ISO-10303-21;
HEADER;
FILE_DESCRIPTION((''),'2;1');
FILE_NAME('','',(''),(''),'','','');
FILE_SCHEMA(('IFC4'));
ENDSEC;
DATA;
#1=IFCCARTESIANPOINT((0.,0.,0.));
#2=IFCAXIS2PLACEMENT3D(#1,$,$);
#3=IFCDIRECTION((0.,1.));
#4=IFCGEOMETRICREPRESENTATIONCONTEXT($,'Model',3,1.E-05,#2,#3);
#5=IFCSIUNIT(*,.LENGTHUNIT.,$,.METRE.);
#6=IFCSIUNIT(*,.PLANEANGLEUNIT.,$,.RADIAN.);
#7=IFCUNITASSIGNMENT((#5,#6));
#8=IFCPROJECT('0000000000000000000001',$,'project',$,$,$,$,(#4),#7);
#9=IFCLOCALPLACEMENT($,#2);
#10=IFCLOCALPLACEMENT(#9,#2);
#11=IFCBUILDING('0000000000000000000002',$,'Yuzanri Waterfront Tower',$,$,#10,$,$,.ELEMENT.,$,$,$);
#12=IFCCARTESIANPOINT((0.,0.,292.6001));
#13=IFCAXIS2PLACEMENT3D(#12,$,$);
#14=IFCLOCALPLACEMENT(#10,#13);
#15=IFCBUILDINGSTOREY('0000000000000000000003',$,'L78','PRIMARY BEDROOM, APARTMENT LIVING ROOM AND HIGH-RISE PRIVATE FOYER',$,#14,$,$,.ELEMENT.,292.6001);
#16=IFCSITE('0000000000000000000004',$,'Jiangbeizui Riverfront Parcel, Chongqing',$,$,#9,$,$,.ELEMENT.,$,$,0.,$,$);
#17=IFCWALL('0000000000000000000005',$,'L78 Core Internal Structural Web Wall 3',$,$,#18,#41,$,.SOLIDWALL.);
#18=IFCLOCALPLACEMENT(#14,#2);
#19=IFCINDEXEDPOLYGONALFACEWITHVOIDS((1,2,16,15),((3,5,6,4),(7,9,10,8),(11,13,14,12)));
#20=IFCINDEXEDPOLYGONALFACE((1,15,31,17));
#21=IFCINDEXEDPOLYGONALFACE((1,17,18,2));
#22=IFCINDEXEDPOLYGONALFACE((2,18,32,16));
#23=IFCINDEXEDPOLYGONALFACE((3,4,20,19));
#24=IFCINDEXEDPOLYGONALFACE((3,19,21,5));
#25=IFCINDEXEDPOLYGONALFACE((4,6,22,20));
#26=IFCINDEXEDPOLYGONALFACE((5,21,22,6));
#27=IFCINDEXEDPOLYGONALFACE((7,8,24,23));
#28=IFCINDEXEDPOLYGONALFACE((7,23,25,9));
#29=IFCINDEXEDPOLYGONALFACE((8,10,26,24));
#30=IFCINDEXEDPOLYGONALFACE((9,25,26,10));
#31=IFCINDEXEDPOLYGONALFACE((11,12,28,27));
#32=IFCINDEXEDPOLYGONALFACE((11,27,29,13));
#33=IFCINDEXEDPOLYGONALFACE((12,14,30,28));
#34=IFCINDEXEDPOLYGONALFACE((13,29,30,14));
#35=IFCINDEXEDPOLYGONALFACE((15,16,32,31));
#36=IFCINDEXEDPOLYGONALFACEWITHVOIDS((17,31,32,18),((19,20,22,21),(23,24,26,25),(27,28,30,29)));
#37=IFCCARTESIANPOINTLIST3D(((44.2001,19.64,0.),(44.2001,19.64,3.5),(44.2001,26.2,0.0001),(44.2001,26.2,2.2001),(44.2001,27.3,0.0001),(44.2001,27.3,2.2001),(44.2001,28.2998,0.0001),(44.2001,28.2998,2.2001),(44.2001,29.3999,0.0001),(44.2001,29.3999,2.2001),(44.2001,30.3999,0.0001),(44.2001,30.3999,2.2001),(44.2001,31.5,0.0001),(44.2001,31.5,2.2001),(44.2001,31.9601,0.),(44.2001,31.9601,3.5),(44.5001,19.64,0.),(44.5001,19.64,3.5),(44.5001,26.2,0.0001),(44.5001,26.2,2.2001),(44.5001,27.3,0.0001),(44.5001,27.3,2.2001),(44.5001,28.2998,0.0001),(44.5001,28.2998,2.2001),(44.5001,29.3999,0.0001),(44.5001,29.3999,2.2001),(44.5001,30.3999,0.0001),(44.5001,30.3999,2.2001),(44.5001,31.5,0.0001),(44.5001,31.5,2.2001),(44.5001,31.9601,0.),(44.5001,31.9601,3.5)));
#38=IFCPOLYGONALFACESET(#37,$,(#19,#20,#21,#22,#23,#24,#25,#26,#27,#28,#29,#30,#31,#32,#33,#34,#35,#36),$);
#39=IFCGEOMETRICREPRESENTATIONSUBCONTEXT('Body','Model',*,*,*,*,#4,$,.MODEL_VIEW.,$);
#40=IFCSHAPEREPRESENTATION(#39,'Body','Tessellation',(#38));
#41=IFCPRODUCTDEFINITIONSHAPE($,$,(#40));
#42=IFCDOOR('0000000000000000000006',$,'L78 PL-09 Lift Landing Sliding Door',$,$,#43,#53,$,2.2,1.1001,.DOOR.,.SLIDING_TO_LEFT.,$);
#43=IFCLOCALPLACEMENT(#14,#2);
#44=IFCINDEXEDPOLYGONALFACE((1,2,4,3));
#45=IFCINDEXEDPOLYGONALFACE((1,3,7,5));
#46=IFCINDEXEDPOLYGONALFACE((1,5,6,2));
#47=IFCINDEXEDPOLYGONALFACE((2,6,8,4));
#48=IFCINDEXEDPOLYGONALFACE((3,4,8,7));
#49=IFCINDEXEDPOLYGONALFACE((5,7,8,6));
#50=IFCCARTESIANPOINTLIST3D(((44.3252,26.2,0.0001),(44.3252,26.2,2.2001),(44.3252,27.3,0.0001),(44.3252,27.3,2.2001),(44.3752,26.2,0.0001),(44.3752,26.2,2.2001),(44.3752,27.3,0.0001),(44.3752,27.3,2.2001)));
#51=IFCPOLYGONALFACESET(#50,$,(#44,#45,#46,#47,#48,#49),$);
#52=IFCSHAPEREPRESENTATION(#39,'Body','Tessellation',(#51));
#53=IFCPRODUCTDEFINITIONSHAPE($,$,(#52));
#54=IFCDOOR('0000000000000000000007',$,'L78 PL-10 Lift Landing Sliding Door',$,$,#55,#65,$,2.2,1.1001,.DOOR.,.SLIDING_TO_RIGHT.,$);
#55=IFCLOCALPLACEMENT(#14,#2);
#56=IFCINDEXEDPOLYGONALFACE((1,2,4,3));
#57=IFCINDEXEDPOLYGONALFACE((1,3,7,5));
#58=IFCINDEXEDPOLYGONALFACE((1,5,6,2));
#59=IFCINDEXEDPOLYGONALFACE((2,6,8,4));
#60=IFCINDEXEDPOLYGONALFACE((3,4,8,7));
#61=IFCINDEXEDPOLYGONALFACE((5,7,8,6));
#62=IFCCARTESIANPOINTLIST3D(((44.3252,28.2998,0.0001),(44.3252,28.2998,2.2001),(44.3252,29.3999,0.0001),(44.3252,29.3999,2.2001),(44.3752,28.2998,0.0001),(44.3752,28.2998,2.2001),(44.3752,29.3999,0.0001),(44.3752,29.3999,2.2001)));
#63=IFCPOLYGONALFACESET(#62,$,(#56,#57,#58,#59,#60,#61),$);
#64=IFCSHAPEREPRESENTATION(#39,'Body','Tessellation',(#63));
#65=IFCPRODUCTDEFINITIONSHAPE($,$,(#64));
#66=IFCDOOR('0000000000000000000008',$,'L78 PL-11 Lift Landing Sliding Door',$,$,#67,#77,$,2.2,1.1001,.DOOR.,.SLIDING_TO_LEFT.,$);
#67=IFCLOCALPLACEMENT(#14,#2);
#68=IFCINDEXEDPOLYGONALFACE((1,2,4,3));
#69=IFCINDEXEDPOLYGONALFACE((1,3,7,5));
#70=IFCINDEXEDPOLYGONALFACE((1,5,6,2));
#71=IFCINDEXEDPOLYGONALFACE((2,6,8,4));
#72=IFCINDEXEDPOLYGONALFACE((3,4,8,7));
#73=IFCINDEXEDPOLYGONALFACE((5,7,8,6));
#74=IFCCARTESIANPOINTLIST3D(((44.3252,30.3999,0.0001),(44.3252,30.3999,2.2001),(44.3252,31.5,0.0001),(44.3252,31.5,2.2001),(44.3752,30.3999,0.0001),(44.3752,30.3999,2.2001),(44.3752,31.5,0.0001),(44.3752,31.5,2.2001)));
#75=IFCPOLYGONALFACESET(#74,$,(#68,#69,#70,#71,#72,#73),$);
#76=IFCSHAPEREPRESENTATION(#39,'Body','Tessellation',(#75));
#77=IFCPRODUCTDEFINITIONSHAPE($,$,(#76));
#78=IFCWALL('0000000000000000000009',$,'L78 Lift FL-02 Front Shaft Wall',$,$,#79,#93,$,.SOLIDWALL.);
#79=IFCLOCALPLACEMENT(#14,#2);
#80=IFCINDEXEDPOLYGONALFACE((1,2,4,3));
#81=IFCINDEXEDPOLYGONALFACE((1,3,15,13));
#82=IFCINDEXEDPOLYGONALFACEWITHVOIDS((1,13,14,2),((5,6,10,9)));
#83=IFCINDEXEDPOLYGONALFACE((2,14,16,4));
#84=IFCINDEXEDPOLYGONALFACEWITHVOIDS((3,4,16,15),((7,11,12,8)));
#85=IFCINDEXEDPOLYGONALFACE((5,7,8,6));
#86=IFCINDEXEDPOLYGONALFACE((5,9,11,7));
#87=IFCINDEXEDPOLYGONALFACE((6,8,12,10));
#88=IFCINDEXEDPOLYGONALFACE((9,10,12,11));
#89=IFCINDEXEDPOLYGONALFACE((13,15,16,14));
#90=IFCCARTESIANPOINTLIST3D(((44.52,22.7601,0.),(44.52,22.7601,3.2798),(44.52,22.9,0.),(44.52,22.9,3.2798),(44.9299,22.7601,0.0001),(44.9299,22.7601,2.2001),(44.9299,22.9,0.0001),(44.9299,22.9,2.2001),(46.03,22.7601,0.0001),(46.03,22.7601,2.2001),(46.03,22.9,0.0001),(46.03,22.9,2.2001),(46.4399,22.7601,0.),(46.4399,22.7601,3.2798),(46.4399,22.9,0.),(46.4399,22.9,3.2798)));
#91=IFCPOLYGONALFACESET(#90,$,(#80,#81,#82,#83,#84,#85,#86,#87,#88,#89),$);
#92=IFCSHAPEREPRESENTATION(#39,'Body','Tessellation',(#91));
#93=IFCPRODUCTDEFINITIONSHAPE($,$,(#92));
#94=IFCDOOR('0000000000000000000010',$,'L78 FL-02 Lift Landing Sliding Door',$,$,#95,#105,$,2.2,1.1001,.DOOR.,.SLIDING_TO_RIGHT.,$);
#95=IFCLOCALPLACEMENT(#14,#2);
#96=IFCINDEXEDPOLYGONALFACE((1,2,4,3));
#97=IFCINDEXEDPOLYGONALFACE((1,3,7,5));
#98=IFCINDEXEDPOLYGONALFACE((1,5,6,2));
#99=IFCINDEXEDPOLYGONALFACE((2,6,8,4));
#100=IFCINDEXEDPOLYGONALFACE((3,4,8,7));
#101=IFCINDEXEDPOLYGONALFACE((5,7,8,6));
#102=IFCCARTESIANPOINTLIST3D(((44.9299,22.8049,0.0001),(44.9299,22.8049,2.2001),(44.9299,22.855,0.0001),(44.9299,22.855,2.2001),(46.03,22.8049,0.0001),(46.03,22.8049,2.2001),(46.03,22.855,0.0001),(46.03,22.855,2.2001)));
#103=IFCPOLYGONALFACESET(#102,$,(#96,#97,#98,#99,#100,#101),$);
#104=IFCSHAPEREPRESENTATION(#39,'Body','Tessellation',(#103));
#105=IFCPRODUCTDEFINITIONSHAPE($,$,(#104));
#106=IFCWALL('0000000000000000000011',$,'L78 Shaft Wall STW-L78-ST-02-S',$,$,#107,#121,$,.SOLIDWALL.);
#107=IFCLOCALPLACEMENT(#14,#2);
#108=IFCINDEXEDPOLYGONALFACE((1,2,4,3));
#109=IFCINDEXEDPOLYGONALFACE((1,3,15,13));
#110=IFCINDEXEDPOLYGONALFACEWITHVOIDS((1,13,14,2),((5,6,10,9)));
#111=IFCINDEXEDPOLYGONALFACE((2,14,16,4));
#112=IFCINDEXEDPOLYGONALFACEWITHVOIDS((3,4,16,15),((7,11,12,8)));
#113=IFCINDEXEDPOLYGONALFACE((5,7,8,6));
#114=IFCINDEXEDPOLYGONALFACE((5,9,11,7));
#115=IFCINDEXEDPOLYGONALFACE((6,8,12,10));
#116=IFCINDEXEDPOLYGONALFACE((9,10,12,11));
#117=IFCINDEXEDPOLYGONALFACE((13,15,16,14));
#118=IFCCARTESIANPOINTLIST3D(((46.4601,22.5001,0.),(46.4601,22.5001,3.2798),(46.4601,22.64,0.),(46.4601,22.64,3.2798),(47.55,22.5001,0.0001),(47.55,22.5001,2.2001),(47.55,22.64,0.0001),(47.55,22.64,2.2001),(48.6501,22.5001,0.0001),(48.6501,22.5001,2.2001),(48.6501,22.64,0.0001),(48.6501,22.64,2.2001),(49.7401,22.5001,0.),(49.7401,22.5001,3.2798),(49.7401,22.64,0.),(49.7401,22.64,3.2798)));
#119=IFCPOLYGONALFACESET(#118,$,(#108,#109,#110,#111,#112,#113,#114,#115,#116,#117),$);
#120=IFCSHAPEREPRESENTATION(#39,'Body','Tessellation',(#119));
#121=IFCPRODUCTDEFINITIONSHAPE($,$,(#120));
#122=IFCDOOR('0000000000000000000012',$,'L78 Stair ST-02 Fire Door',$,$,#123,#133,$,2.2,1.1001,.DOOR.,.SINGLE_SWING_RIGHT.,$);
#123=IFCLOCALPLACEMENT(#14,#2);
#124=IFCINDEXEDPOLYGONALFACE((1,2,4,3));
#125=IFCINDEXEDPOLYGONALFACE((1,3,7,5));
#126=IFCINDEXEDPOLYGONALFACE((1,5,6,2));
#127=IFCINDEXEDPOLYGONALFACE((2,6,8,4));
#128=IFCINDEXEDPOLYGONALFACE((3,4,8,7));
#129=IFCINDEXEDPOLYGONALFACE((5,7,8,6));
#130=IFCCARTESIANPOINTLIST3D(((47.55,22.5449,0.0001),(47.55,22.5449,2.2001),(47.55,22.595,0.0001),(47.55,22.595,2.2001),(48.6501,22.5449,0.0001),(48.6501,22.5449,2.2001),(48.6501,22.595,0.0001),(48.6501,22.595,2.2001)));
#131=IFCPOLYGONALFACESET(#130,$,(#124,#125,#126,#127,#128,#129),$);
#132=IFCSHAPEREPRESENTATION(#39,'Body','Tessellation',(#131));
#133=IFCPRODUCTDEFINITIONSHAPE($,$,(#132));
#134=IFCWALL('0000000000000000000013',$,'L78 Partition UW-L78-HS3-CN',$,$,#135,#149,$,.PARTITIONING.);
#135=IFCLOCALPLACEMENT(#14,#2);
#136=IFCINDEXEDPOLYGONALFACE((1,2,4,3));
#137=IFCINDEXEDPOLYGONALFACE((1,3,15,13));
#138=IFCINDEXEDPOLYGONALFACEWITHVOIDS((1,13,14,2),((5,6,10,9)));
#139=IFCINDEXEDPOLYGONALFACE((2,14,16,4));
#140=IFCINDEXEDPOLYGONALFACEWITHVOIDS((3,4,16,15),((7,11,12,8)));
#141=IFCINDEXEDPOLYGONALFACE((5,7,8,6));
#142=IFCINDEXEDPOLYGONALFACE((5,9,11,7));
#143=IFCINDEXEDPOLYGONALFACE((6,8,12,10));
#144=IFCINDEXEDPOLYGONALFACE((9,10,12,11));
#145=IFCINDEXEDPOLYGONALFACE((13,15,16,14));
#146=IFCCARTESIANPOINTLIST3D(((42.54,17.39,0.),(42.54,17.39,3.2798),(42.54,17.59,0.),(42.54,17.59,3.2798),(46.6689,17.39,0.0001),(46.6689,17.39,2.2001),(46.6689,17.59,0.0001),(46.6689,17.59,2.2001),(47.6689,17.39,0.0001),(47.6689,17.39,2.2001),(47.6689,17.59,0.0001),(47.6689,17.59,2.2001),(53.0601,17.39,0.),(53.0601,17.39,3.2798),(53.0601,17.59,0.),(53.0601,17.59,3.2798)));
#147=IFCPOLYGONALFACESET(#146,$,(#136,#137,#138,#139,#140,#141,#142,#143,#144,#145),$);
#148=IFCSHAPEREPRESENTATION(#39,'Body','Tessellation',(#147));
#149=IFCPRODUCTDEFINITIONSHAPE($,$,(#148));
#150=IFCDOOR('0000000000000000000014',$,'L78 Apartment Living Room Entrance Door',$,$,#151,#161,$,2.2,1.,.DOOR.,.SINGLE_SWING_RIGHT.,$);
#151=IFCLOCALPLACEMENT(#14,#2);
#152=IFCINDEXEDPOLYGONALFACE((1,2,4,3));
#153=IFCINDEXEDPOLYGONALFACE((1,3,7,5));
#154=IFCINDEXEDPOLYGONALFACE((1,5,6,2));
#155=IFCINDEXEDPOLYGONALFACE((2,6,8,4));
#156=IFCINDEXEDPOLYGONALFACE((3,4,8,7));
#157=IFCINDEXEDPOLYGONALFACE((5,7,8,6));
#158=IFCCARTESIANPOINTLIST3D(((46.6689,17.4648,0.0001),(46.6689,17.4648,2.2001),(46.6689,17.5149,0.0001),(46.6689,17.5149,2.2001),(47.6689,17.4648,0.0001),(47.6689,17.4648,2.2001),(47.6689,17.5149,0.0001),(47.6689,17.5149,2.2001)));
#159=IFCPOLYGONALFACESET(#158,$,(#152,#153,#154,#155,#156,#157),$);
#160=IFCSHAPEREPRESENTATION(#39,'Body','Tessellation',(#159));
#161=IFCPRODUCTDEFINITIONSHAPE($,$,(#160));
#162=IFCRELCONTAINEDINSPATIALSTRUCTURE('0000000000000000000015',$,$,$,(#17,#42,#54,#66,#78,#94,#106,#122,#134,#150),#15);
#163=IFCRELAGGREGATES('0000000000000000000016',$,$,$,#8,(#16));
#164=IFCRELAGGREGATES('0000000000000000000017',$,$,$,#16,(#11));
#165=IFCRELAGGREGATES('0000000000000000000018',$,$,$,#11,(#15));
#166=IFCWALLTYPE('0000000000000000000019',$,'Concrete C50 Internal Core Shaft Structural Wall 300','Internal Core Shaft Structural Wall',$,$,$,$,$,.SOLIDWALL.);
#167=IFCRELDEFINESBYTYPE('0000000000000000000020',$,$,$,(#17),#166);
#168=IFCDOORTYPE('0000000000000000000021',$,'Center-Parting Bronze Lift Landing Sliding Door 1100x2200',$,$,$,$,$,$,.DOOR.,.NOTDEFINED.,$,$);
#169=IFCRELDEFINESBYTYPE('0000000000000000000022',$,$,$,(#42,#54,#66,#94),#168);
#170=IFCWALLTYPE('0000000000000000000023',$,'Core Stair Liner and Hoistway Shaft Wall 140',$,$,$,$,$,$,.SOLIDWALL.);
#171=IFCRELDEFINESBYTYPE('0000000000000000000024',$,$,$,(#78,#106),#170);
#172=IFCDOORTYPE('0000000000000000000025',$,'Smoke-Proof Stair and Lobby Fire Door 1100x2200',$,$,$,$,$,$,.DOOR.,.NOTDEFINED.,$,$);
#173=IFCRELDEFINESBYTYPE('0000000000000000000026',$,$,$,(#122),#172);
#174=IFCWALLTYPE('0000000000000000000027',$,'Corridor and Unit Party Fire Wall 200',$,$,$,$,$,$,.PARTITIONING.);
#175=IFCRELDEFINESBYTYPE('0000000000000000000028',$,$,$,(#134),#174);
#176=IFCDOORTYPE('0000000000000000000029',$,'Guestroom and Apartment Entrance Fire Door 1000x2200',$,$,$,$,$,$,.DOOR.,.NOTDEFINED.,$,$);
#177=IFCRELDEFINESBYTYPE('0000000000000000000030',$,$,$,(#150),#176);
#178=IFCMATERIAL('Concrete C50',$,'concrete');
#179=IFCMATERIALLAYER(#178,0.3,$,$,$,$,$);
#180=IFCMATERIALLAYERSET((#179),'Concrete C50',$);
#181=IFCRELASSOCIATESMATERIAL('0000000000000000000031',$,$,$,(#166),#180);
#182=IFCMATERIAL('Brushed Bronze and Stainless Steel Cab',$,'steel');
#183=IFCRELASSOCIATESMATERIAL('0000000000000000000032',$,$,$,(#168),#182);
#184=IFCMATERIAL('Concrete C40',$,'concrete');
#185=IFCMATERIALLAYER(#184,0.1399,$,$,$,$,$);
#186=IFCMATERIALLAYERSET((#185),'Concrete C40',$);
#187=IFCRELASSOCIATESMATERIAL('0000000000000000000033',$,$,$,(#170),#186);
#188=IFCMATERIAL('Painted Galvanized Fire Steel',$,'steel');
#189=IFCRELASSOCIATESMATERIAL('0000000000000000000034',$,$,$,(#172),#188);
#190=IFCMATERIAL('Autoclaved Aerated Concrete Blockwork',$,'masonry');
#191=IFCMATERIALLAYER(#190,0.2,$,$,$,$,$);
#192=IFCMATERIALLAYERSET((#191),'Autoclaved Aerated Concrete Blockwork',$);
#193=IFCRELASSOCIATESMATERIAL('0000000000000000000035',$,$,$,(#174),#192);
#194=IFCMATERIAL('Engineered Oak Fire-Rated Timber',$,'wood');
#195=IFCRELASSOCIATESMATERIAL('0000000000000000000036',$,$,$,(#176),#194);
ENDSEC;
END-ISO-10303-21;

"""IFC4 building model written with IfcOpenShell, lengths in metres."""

from ifc_helpers import new_model, si_unit, direction, frame, frame_2d, origin, place, context, subcontext, project, spatial, rectangle, extrude, source, transform, mapped, material, layer, layer_set, type_object, element, fill, save


model = new_model("IFC4")

# Units and contexts
model_context = context("Model", 3, precision=1e-05, world=origin(), true_north=direction((0.0, 1.0)))
body_context = subcontext(model_context, "Body", "Model", "MODEL_VIEW")
ifc_project = project(units=[si_unit("LENGTHUNIT", "METRE"), si_unit("PLANEANGLEUNIT", "RADIAN")], contexts=[model_context])

# Site, building, storey
site_placement = place(None, origin())
site = spatial("IfcSite", under=ifc_project, at=site_placement, Name="Jiangbeizui Riverfront Parcel, Chongqing", CompositionType="ELEMENT", RefElevation=0.0)
building_placement = place(site_placement, origin())
building = spatial("IfcBuilding", under=site, at=building_placement, Name="Yuzanri Waterfront Tower", CompositionType="ELEMENT")
storey_placement = place(building_placement, frame((0.0, 0.0, 292.6001)))
storey = spatial("IfcBuildingStorey", under=building, at=storey_placement, Name="L78", Description="PRIMARY BEDROOM, APARTMENT LIVING ROOM AND HIGH-RISE PRIVATE FOYER", CompositionType="ELEMENT", Elevation=292.6001)

# Wall, openings, doors
ifc_material_1 = material(Name="Concrete C50", Category="concrete")
ifc_layer_1 = layer(ifc_material_1, 0.3)
ifc_layer_set_1 = layer_set([ifc_layer_1], Name="Concrete C50")
wall_type_1 = type_object("IfcWallType", Name="Concrete C50 Internal Core Shaft Structural Wall 300", Description="Internal Core Shaft Structural Wall", PredefinedType="SOLIDWALL", material=ifc_layer_set_1)
wall_1_placement = place(storey_placement, frame((44.3501, 19.6399, 0.0), z_axis=(0.0, 0.0, 1.0), x_axis=(0.0, 1.0, 0.0)))
wall_1 = element("IfcWall", 1, at=wall_1_placement, inside=storey, type_object=wall_type_1, Name="L78 Core Internal Structural Web Wall 3", PredefinedType="SOLIDWALL", context=body_context, shape_type="SweptSolid", body=[
    extrude(rectangle(XDim=12.3201, YDim=0.3, at=frame_2d((6.1602, 0.0))), origin(), (0.0, 0.0, 1.0), 3.5),
])
opening_1_placement = place(wall_1_placement, frame((6.5601, 0.0, 0.0)))
opening_1 = element("IfcOpeningElement", 2, at=opening_1_placement, cuts=wall_1, PredefinedType="OPENING", context=body_context, shape_type="SweptSolid", body=[
    extrude(rectangle(XDim=1.1001, YDim=2.2, at=frame_2d((0.55, 1.1001))), frame((0.0, 0.165, 0.0), z_axis=(0.0, -1.0, 0.0), x_axis=(1.0, 0.0, 0.0)), (0.0, 0.0, 1.0), 0.3298),
])
opening_2_placement = place(wall_1_placement, frame((8.6599, 0.0, 0.0)))
opening_2 = element("IfcOpeningElement", 3, at=opening_2_placement, cuts=wall_1, PredefinedType="OPENING", context=body_context, shape_type="SweptSolid", body=[
    extrude(rectangle(XDim=1.1001, YDim=2.2, at=frame_2d((0.55, 1.1001))), frame((0.0, 0.165, 0.0), z_axis=(0.0, -1.0, 0.0), x_axis=(1.0, 0.0, 0.0)), (0.0, 0.0, 1.0), 0.3298),
])
opening_3_placement = place(wall_1_placement, frame((10.76, 0.0, 0.0)))
opening_3 = element("IfcOpeningElement", 4, at=opening_3_placement, cuts=wall_1, PredefinedType="OPENING", context=body_context, shape_type="SweptSolid", body=[
    extrude(rectangle(XDim=1.1001, YDim=2.2, at=frame_2d((0.55, 1.1001))), frame((0.0, 0.165, 0.0), z_axis=(0.0, -1.0, 0.0), x_axis=(1.0, 0.0, 0.0)), (0.0, 0.0, 1.0), 0.3298),
])
ifc_material_2 = material(Name="Brushed Bronze and Stainless Steel Cab", Category="steel")
door_type_1 = type_object("IfcDoorType", Name="Center-Parting Bronze Lift Landing Sliding Door 1100x2200", OperationType="NOTDEFINED", PredefinedType="DOOR", material=ifc_material_2)
shared_shape_1 = source(origin(), body_context, "Body", "SweptSolid", [
    extrude(rectangle(XDim=1.1001, YDim=2.2, at=frame_2d((0.55, 1.1001))), frame((0.0, 0.0249, 0.0), z_axis=(0.0, -1.0, 0.0), x_axis=(1.0, 0.0, 0.0)), (0.0, 0.0, 1.0), 0.05),
])
door_1_placement = place(opening_1_placement, origin())
door_1 = element("IfcDoor", 5, at=door_1_placement, inside=storey, type_object=door_type_1, Name="L78 PL-09 Lift Landing Sliding Door", OperationType="SLIDING_TO_LEFT", OverallHeight=2.2, OverallWidth=1.1001, PredefinedType="DOOR", context=body_context, shape_type="MappedRepresentation", body=[
    mapped(shared_shape_1, transform((0.0, 0.0, 0.0), scale=1.0)),
])
fill(opening_1, door_1)
door_2_placement = place(opening_2_placement, origin())
door_2 = element("IfcDoor", 6, at=door_2_placement, inside=storey, type_object=door_type_1, Name="L78 PL-10 Lift Landing Sliding Door", OperationType="SLIDING_TO_RIGHT", OverallHeight=2.2, OverallWidth=1.1001, PredefinedType="DOOR", context=body_context, shape_type="MappedRepresentation", body=[
    mapped(shared_shape_1, transform((0.0, 0.0, 0.0), scale=1.0)),
])
fill(opening_2, door_2)
door_3_placement = place(opening_3_placement, origin())
door_3 = element("IfcDoor", 7, at=door_3_placement, inside=storey, type_object=door_type_1, Name="L78 PL-11 Lift Landing Sliding Door", OperationType="SLIDING_TO_LEFT", OverallHeight=2.2, OverallWidth=1.1001, PredefinedType="DOOR", context=body_context, shape_type="MappedRepresentation", body=[
    mapped(shared_shape_1, transform((0.0, 0.0, 0.0), scale=1.0)),
])
fill(opening_3, door_3)

# Walls, openings, doors
ifc_material_3 = material(Name="Concrete C40", Category="concrete")
ifc_layer_2 = layer(ifc_material_3, 0.1399)
ifc_layer_set_2 = layer_set([ifc_layer_2], Name="Concrete C40")
wall_type_2 = type_object("IfcWallType", Name="Core Stair Liner and Hoistway Shaft Wall 140", PredefinedType="SOLIDWALL", material=ifc_layer_set_2)
wall_2_placement = place(storey_placement, frame((44.52, 22.8301, 0.0), z_axis=(0.0, 0.0, 1.0), x_axis=(1.0, 0.0, 0.0)))
wall_2 = element("IfcWall", 8, at=wall_2_placement, inside=storey, type_object=wall_type_2, Name="L78 Lift FL-02 Front Shaft Wall", PredefinedType="SOLIDWALL", context=body_context, shape_type="SweptSolid", body=[
    extrude(rectangle(XDim=1.9199, YDim=0.1399, at=frame_2d((0.96, 0.0))), origin(), (0.0, 0.0, 1.0), 3.2798),
])
opening_4_placement = place(wall_2_placement, frame((0.4099, 0.0, 0.0)))
opening_4 = element("IfcOpeningElement", 9, at=opening_4_placement, cuts=wall_2, PredefinedType="OPENING", context=body_context, shape_type="SweptSolid", body=[
    extrude(rectangle(XDim=1.1001, YDim=2.2, at=frame_2d((0.55, 1.1001))), frame((0.0, 0.085, 0.0), z_axis=(0.0, -1.0, 0.0), x_axis=(1.0, 0.0, 0.0)), (0.0, 0.0, 1.0), 0.1697),
])
door_4_placement = place(opening_4_placement, origin())
door_4 = element("IfcDoor", 10, at=door_4_placement, inside=storey, type_object=door_type_1, Name="L78 FL-02 Lift Landing Sliding Door", OperationType="SLIDING_TO_RIGHT", OverallHeight=2.2, OverallWidth=1.1001, PredefinedType="DOOR", context=body_context, shape_type="MappedRepresentation", body=[
    mapped(shared_shape_1, transform((0.0, 0.0, 0.0), scale=1.0)),
])
fill(opening_4, door_4)
wall_3_placement = place(storey_placement, frame((46.46, 22.5701, 0.0), z_axis=(0.0, 0.0, 1.0), x_axis=(1.0, 0.0, 0.0)))
wall_3 = element("IfcWall", 11, at=wall_3_placement, inside=storey, type_object=wall_type_2, Name="L78 Shaft Wall STW-L78-ST-02-S", PredefinedType="SOLIDWALL", context=body_context, shape_type="SweptSolid", body=[
    extrude(rectangle(XDim=3.28, YDim=0.1399, at=frame_2d((1.6401, 0.0))), origin(), (0.0, 0.0, 1.0), 3.2798),
])
opening_5_placement = place(wall_3_placement, frame((1.0901, 0.0, 0.0)))
opening_5 = element("IfcOpeningElement", 12, at=opening_5_placement, cuts=wall_3, PredefinedType="OPENING", context=body_context, shape_type="SweptSolid", body=[
    extrude(rectangle(XDim=1.1001, YDim=2.2, at=frame_2d((0.55, 1.1001))), frame((0.0, 0.085, 0.0), z_axis=(0.0, -1.0, 0.0), x_axis=(1.0, 0.0, 0.0)), (0.0, 0.0, 1.0), 0.1697),
])
ifc_material_4 = material(Name="Painted Galvanized Fire Steel", Category="steel")
door_type_2 = type_object("IfcDoorType", Name="Smoke-Proof Stair and Lobby Fire Door 1100x2200", OperationType="NOTDEFINED", PredefinedType="DOOR", material=ifc_material_4)
shared_shape_2 = source(origin(), body_context, "Body", "SweptSolid", [
    extrude(rectangle(XDim=1.1001, YDim=2.2, at=frame_2d((0.55, 1.1001))), frame((0.0, 0.0249, 0.0), z_axis=(0.0, -1.0, 0.0), x_axis=(1.0, 0.0, 0.0)), (0.0, 0.0, 1.0), 0.05),
])
door_5_placement = place(opening_5_placement, origin())
door_5 = element("IfcDoor", 13, at=door_5_placement, inside=storey, type_object=door_type_2, Name="L78 Stair ST-02 Fire Door", OperationType="SINGLE_SWING_RIGHT", OverallHeight=2.2, OverallWidth=1.1001, PredefinedType="DOOR", context=body_context, shape_type="MappedRepresentation", body=[
    mapped(shared_shape_2, transform((0.0, 0.0, 0.0), scale=1.0)),
])
fill(opening_5, door_5)
ifc_material_5 = material(Name="Autoclaved Aerated Concrete Blockwork", Category="masonry")
ifc_layer_3 = layer(ifc_material_5, 0.2)
ifc_layer_set_3 = layer_set([ifc_layer_3], Name="Autoclaved Aerated Concrete Blockwork")
wall_type_3 = type_object("IfcWallType", Name="Corridor and Unit Party Fire Wall 200", PredefinedType="PARTITIONING", material=ifc_layer_set_3)
wall_4_placement = place(storey_placement, frame((42.54, 17.49, 0.0), z_axis=(0.0, 0.0, 1.0), x_axis=(1.0, 0.0, 0.0)))
wall_4 = element("IfcWall", 14, at=wall_4_placement, inside=storey, type_object=wall_type_3, Name="L78 Partition UW-L78-HS3-CN", PredefinedType="PARTITIONING", context=body_context, shape_type="SweptSolid", body=[
    extrude(rectangle(XDim=10.52, YDim=0.2, at=frame_2d((5.26, 0.0))), origin(), (0.0, 0.0, 1.0), 3.2798),
])
opening_6_placement = place(wall_4_placement, frame((4.1289, 0.0, 0.0)))
opening_6 = element("IfcOpeningElement", 15, at=opening_6_placement, cuts=wall_4, PredefinedType="OPENING", context=body_context, shape_type="SweptSolid", body=[
    extrude(rectangle(XDim=1.0, YDim=2.2, at=frame_2d((0.5, 1.1001))), frame((0.0, 0.1147, 0.0), z_axis=(0.0, -1.0, 0.0), x_axis=(1.0, 0.0, 0.0)), (0.0, 0.0, 1.0), 0.2297),
])
ifc_material_6 = material(Name="Engineered Oak Fire-Rated Timber", Category="wood")
door_type_3 = type_object("IfcDoorType", Name="Guestroom and Apartment Entrance Fire Door 1000x2200", OperationType="NOTDEFINED", PredefinedType="DOOR", material=ifc_material_6)
shared_shape_3 = source(origin(), body_context, "Body", "SweptSolid", [
    extrude(rectangle(XDim=1.0, YDim=2.2, at=frame_2d((0.5, 1.1001))), frame((0.0, 0.0249, 0.0), z_axis=(0.0, -1.0, 0.0), x_axis=(1.0, 0.0, 0.0)), (0.0, 0.0, 1.0), 0.05),
])
door_6_placement = place(opening_6_placement, origin())
door_6 = element("IfcDoor", 16, at=door_6_placement, inside=storey, type_object=door_type_3, Name="L78 Apartment Living Room Entrance Door", OperationType="SINGLE_SWING_RIGHT", OverallHeight=2.2, OverallWidth=1.0, PredefinedType="DOOR", context=body_context, shape_type="MappedRepresentation", body=[
    mapped(shared_shape_3, transform((0.0, 0.0, 0.0), scale=1.0)),
])
fill(opening_6, door_6)

save(model, "model.ifc")
